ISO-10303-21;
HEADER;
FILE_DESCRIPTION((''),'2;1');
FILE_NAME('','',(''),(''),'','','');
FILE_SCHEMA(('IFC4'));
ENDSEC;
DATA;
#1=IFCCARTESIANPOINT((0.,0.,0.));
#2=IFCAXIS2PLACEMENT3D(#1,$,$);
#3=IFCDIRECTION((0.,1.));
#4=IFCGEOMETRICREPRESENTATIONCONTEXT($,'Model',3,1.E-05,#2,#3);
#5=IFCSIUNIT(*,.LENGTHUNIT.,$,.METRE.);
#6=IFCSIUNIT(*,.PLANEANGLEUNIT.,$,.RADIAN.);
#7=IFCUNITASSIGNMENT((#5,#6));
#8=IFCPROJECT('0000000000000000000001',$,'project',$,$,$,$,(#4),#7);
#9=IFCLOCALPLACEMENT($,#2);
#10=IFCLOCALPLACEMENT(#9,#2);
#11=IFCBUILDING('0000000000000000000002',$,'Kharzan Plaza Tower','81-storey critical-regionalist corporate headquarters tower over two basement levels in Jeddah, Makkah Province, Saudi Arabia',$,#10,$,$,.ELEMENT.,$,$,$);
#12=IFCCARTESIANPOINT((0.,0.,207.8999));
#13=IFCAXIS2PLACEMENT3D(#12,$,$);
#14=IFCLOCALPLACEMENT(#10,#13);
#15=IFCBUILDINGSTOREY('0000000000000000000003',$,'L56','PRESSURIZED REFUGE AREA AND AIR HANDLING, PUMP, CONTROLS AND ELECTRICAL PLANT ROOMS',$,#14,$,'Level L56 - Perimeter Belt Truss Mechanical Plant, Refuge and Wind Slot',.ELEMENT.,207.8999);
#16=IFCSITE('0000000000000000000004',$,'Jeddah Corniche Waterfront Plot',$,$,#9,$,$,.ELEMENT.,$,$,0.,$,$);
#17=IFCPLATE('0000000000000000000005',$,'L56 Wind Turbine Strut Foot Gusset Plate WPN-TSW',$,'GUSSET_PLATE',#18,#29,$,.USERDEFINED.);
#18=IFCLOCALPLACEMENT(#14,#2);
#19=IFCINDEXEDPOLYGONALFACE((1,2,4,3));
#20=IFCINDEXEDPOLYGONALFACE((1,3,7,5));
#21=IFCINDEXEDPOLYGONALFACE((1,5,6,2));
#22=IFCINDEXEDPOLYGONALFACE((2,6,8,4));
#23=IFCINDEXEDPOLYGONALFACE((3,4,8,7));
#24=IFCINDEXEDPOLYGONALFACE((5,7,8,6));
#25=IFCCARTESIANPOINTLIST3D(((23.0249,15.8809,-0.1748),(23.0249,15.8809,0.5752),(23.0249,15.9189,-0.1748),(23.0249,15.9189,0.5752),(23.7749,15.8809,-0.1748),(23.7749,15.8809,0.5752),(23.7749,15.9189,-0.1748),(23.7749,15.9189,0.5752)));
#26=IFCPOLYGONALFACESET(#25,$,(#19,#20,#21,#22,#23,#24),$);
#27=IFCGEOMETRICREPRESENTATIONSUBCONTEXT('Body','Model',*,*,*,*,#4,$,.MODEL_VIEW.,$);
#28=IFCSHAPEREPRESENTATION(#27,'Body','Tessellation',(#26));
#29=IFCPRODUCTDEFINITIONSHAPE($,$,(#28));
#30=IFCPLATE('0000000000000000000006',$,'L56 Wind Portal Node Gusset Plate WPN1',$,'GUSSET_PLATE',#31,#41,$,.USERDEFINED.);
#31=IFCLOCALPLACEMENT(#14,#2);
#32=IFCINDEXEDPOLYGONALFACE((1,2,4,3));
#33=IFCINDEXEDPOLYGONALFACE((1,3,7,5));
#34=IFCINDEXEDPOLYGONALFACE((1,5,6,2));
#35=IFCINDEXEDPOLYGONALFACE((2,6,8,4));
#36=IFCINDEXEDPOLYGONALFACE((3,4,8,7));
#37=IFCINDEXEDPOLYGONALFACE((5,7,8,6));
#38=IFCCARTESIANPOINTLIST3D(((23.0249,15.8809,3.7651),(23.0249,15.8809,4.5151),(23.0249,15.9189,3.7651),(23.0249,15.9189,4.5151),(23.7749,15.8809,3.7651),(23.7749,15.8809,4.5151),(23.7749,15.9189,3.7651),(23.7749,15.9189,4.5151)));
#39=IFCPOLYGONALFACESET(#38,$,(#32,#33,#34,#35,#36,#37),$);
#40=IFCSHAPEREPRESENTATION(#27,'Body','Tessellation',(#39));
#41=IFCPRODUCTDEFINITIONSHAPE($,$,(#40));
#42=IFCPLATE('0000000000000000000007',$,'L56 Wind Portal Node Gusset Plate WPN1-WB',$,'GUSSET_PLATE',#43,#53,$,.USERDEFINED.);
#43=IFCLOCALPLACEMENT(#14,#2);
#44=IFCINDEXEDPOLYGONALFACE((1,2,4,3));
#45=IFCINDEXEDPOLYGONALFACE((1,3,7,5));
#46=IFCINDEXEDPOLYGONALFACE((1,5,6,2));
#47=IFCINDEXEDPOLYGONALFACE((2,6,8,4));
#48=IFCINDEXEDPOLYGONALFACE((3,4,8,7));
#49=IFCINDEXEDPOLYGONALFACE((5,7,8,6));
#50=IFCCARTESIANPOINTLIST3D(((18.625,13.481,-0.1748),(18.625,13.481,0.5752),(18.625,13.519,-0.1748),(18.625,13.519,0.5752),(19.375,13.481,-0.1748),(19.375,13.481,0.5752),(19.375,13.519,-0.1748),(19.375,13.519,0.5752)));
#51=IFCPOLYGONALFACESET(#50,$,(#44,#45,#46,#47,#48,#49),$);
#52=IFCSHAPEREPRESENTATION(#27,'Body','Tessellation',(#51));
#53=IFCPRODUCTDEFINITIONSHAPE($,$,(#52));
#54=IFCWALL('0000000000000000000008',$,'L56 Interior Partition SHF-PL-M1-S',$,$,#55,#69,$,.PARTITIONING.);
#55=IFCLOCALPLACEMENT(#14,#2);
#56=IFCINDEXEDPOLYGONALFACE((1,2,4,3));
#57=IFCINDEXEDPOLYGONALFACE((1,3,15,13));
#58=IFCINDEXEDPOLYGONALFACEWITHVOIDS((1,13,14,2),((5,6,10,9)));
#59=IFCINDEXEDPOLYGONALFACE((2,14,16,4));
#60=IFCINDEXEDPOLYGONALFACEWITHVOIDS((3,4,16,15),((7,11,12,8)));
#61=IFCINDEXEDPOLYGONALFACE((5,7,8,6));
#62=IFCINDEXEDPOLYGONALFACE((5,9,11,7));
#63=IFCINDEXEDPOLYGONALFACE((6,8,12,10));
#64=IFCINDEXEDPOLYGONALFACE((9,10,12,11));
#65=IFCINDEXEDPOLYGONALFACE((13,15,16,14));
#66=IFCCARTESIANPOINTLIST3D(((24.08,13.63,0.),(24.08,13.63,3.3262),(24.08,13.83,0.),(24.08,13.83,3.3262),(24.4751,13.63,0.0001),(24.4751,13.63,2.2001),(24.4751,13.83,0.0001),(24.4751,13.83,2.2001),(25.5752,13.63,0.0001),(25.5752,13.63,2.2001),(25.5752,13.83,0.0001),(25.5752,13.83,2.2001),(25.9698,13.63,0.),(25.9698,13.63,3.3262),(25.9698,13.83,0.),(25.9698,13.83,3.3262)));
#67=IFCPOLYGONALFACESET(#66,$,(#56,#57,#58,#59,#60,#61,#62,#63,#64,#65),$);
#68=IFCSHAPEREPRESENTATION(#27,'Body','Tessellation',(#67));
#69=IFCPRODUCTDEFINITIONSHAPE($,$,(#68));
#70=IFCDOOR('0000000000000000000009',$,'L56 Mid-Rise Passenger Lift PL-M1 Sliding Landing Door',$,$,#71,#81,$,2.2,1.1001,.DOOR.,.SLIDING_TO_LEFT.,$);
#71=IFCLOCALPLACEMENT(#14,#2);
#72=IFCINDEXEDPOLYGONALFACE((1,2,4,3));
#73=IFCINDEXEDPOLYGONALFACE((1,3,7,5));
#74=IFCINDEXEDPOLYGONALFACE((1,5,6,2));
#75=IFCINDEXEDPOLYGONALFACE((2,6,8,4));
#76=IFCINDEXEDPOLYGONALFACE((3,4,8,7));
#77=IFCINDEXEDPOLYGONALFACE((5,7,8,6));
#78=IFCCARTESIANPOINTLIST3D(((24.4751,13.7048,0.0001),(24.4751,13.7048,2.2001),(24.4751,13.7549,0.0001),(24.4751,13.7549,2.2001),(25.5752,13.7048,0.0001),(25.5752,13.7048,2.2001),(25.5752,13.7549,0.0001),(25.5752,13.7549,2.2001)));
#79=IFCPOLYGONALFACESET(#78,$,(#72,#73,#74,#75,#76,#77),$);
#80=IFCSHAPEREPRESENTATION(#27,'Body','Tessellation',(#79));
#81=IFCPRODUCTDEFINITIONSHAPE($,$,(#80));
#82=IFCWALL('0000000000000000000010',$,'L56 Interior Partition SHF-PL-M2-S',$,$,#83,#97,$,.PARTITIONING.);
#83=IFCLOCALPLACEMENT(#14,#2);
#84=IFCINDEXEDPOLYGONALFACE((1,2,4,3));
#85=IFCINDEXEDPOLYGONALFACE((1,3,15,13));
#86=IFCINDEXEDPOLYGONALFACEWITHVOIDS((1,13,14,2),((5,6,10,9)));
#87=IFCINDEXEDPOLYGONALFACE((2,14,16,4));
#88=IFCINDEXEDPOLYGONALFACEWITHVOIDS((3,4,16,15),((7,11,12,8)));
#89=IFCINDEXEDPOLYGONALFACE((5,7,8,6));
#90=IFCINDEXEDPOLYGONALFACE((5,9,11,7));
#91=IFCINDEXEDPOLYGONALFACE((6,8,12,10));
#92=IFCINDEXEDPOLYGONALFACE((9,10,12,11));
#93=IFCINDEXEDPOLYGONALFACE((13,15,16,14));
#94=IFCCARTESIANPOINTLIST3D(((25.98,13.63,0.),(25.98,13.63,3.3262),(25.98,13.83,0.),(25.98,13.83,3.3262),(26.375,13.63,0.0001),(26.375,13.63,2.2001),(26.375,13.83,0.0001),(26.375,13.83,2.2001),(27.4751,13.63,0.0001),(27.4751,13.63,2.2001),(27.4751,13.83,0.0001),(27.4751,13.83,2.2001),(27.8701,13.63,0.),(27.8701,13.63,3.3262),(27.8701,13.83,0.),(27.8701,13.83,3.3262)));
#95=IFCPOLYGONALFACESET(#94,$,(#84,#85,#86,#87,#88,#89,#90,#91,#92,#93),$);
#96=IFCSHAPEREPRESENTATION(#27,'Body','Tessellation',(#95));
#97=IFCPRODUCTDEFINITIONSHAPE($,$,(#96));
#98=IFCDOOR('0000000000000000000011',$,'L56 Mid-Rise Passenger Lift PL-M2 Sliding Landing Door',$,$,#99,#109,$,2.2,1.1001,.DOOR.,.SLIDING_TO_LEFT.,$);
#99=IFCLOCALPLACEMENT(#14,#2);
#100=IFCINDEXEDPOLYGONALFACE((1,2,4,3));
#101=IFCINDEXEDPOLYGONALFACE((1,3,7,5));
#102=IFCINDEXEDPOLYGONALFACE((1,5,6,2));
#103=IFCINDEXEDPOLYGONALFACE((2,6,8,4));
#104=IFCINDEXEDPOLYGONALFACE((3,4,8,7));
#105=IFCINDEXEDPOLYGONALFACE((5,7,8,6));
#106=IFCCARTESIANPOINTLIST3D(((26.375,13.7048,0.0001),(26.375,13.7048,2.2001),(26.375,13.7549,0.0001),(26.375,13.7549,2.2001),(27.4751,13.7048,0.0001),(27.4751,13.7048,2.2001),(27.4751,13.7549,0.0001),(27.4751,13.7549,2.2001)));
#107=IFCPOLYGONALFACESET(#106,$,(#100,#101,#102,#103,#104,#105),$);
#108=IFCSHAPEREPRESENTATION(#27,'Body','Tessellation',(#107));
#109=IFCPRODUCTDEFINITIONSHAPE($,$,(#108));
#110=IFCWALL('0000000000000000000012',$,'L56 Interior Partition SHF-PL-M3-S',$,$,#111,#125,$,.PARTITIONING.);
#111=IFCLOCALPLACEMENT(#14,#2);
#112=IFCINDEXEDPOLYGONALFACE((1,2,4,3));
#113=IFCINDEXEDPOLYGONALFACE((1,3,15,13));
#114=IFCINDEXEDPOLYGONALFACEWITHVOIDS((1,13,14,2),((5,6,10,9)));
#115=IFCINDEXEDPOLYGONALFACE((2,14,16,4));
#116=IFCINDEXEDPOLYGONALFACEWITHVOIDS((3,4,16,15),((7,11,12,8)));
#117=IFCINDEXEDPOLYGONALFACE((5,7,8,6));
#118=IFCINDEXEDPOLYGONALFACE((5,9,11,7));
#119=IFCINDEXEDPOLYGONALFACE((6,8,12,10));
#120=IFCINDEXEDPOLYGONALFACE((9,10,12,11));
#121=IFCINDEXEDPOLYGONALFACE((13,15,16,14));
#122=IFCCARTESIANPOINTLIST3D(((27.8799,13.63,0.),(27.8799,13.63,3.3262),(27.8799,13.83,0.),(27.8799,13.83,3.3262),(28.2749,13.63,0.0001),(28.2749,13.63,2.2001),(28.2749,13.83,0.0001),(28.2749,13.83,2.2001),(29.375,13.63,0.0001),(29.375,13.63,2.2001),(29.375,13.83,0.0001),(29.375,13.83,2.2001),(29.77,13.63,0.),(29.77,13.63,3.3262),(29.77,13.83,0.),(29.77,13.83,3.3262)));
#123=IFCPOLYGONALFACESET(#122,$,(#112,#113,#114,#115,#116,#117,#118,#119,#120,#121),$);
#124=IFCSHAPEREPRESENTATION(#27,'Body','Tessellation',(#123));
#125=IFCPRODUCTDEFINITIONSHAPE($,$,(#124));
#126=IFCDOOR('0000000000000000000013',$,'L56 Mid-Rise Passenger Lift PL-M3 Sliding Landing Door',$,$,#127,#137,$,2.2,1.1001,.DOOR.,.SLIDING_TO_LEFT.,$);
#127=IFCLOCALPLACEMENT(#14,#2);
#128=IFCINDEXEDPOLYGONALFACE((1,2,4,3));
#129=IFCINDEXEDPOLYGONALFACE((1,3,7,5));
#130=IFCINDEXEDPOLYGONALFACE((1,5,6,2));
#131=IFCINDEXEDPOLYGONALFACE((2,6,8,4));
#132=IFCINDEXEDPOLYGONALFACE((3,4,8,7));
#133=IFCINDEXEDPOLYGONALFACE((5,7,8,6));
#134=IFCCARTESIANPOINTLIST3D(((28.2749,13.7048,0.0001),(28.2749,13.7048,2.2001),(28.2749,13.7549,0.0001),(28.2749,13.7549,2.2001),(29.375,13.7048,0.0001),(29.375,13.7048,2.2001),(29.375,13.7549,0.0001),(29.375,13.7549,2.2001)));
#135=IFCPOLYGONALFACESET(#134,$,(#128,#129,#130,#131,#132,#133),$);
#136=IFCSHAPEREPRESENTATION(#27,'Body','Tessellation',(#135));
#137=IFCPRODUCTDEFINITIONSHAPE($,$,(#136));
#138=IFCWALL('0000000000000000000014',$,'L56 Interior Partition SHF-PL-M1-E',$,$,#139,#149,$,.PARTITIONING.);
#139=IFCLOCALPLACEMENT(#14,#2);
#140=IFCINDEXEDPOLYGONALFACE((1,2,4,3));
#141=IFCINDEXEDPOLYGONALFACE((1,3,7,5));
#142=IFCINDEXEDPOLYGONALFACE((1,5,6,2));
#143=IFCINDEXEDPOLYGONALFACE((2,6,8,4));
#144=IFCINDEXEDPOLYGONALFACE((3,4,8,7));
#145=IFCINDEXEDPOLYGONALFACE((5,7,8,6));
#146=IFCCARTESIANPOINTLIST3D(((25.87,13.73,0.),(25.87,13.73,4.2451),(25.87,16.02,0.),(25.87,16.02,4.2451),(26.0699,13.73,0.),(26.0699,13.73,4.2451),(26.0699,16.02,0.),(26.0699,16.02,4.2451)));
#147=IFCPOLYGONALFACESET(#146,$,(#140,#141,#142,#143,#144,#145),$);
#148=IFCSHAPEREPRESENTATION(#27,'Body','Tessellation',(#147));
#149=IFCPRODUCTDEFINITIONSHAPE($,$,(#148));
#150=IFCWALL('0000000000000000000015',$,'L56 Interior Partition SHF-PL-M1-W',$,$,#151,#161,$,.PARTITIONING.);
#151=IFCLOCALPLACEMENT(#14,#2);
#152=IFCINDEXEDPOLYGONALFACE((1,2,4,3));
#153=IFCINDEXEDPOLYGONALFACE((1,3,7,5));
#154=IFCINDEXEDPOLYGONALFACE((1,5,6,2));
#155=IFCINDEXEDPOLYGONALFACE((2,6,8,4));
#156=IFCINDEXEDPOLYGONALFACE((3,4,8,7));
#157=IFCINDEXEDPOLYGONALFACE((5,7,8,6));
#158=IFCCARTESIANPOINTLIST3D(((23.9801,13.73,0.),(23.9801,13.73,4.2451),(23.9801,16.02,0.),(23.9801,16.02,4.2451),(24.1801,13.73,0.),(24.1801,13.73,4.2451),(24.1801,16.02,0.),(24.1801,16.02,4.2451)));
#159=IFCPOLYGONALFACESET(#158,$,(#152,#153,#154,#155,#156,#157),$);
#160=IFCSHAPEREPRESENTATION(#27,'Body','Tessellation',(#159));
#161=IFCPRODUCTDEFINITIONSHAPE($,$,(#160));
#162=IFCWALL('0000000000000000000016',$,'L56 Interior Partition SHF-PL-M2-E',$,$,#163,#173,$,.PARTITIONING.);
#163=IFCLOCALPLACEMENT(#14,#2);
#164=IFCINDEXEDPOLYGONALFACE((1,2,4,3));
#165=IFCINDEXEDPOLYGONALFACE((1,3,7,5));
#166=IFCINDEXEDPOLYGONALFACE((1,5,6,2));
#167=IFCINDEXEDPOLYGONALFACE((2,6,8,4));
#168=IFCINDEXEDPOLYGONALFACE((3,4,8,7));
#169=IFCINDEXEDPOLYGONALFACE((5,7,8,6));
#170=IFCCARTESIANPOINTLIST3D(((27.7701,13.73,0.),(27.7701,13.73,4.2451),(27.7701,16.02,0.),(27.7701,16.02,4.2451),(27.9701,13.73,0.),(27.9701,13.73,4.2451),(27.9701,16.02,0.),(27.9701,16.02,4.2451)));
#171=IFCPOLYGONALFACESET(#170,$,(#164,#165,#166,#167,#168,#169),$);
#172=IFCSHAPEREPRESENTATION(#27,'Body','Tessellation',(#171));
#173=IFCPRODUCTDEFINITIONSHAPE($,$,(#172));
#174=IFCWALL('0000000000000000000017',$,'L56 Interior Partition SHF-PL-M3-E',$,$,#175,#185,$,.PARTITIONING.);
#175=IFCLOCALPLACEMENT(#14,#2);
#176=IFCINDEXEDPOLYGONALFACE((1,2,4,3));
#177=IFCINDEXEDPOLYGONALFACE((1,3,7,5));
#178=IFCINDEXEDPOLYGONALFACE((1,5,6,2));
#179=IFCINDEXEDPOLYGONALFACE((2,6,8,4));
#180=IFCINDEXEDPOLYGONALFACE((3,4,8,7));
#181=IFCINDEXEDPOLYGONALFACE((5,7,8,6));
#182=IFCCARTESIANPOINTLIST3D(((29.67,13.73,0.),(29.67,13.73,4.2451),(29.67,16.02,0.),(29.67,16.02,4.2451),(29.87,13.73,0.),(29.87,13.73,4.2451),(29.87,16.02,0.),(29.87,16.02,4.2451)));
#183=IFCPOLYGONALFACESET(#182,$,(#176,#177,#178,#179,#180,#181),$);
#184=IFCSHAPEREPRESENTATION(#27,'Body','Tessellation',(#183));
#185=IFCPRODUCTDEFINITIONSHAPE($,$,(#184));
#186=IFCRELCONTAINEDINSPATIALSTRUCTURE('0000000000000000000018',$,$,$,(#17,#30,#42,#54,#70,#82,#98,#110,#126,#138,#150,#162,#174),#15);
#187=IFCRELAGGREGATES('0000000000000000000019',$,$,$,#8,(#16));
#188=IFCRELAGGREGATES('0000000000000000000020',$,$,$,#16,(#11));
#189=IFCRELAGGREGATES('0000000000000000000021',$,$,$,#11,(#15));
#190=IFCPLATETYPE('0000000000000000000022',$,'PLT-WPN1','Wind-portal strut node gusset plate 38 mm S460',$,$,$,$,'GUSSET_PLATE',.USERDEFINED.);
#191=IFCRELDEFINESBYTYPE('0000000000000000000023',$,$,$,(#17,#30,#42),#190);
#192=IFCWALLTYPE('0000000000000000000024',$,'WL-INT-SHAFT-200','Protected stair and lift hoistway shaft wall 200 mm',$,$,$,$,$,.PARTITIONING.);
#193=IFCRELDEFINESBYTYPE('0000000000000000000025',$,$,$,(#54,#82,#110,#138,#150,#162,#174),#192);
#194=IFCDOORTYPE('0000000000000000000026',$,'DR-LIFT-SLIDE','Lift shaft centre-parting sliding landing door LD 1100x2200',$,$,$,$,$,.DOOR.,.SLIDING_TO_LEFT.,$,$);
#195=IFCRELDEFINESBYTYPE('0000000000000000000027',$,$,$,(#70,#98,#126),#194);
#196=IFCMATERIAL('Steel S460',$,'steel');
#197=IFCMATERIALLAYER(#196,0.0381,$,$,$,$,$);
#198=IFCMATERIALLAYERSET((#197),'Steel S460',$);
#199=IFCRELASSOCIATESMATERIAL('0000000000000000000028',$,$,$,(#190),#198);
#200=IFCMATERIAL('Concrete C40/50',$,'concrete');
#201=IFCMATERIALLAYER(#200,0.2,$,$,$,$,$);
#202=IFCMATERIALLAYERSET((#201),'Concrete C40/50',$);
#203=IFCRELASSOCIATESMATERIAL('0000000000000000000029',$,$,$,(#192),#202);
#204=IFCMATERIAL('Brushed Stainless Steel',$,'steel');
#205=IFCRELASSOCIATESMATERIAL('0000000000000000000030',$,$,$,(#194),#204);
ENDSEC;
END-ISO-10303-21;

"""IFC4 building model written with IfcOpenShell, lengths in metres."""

from ifc_helpers import new_model, si_unit, direction, frame, frame_2d, origin, origin_2d, place, context, subcontext, project, spatial, rectangle, extrude, source, transform, mapped, material, layer, layer_set, type_object, element, fill, save


model = new_model("IFC4")

# Units and contexts
model_context = context("Model", 3, precision=1e-05, world=origin(), true_north=direction((0.0, 1.0)))
body_context = subcontext(model_context, "Body", "Model", "MODEL_VIEW")
ifc_project = project(units=[si_unit("LENGTHUNIT", "METRE"), si_unit("PLANEANGLEUNIT", "RADIAN")], contexts=[model_context])

# Site, building, storey
site_placement = place(None, origin())
site = spatial("IfcSite", under=ifc_project, at=site_placement, Name="Jeddah Corniche Waterfront Plot", CompositionType="ELEMENT", RefElevation=0.0)
building_placement = place(site_placement, origin())
building = spatial("IfcBuilding", under=site, at=building_placement, Name="Kharzan Plaza Tower", Description="81-storey critical-regionalist corporate headquarters tower over two basement levels in Jeddah, Makkah Province, Saudi Arabia", CompositionType="ELEMENT")
storey_placement = place(building_placement, frame((0.0, 0.0, 207.8999)))
storey = spatial("IfcBuildingStorey", under=building, at=storey_placement, Name="L56", Description="PRESSURIZED REFUGE AREA AND AIR HANDLING, PUMP, CONTROLS AND ELECTRICAL PLANT ROOMS", LongName="Level L56 - Perimeter Belt Truss Mechanical Plant, Refuge and Wind Slot", CompositionType="ELEMENT", Elevation=207.8999)

# Plates
ifc_material_1 = material(Name="Steel S460", Category="steel")
ifc_layer_1 = layer(ifc_material_1, 0.0381)
ifc_layer_set_1 = layer_set([ifc_layer_1], Name="Steel S460")
plate_type = type_object("IfcPlateType", Name="PLT-WPN1", Description="Wind-portal strut node gusset plate 38 mm S460", ElementType="GUSSET_PLATE", PredefinedType="USERDEFINED", material=ifc_layer_set_1)
shared_shape_1 = source(origin(), body_context, "Body", "SweptSolid", [
    extrude(rectangle(XDim=0.75, YDim=0.0381, at=origin_2d()), origin(), (0.0, 0.0, 1.0), 0.75),
])
for number, where, z_axis, x_axis, name in (
    (1, (23.3999, 15.8999, -0.1748), (0.0, 0.0, 1.0), (1.0, 0.0, 0.0), "L56 Wind Turbine Strut Foot Gusset Plate WPN-TSW"),
    (2, (23.3999, 15.8999, 3.7651), (0.0, 0.0, 1.0), (1.0, 0.0, 0.0), "L56 Wind Portal Node Gusset Plate WPN1"),
    (3, (19.0, 13.5, -0.1748), (0.0, 0.0, 1.0), (1.0, 0.0, 0.0), "L56 Wind Portal Node Gusset Plate WPN1-WB"),
):
    element("IfcPlate", number, at=place(storey_placement, frame(where, z_axis=z_axis, x_axis=x_axis)), inside=storey, type_object=plate_type, Name=name, ObjectType="GUSSET_PLATE", PredefinedType="USERDEFINED", context=body_context, shape_type="MappedRepresentation", body=[
        mapped(shared_shape_1, transform((0.0, 0.0, 0.0), x_axis=(1.0, 0.0, 0.0), y_axis=(0.0, 1.0, 0.0), z_axis=(0.0, 0.0, 1.0))),
    ])

# Walls, openings, doors
ifc_material_2 = material(Name="Concrete C40/50", Category="concrete")
ifc_layer_2 = layer(ifc_material_2, 0.2)
ifc_layer_set_2 = layer_set([ifc_layer_2], Name="Concrete C40/50")
wall_type = type_object("IfcWallType", Name="WL-INT-SHAFT-200", Description="Protected stair and lift hoistway shaft wall 200 mm", PredefinedType="PARTITIONING", material=ifc_layer_set_2)
wall_1_placement = place(storey_placement, frame((24.0801, 13.73, 0.0), z_axis=(0.0, 0.0, 1.0), x_axis=(1.0, 0.0, 0.0)))
wall_1 = element("IfcWall", 4, at=wall_1_placement, inside=storey, type_object=wall_type, Name="L56 Interior Partition SHF-PL-M1-S", PredefinedType="PARTITIONING", context=body_context, shape_type="SweptSolid", body=[
    extrude(rectangle(XDim=1.8899, YDim=0.2, at=frame_2d((0.9448, 0.0))), origin(), (0.0, 0.0, 1.0), 3.3262),
])
opening_1_placement = place(wall_1_placement, frame((0.395, 0.0, 0.0)))
opening_1 = element("IfcOpeningElement", 5, at=opening_1_placement, cuts=wall_1, PredefinedType="OPENING", context=body_context, shape_type="SweptSolid", body=[
    extrude(rectangle(XDim=1.1001, YDim=2.2, at=frame_2d((0.55, 1.1001))), frame((0.0, 0.1099, 0.0), z_axis=(0.0, -1.0, 0.0), x_axis=(1.0, 0.0, 0.0)), (0.0, 0.0, 1.0), 0.22),
])
ifc_material_3 = material(Name="Brushed Stainless Steel", Category="steel")
door_type = type_object("IfcDoorType", Name="DR-LIFT-SLIDE", Description="Lift shaft centre-parting sliding landing door LD 1100x2200", OperationType="SLIDING_TO_LEFT", PredefinedType="DOOR", material=ifc_material_3)
shared_shape_2 = source(origin(), body_context, "Body", "SweptSolid", [
    extrude(rectangle(XDim=1.1001, YDim=2.2, at=frame_2d((0.55, 1.1001))), frame((0.0, 0.0249, 0.0), z_axis=(0.0, -1.0, 0.0), x_axis=(1.0, 0.0, 0.0)), (0.0, 0.0, 1.0), 0.05),
])
door_1_placement = place(opening_1_placement, origin())
door_1 = element("IfcDoor", 6, at=door_1_placement, inside=storey, type_object=door_type, Name="L56 Mid-Rise Passenger Lift PL-M1 Sliding Landing Door", OperationType="SLIDING_TO_LEFT", OverallHeight=2.2, OverallWidth=1.1001, PredefinedType="DOOR", context=body_context, shape_type="MappedRepresentation", body=[
    mapped(shared_shape_2, transform((0.0, 0.0, 0.0), x_axis=(1.0, 0.0, 0.0), y_axis=(0.0, 1.0, 0.0), z_axis=(0.0, 0.0, 1.0))),
])
fill(opening_1, door_1)
wall_2_placement = place(storey_placement, frame((25.98, 13.73, 0.0), z_axis=(0.0, 0.0, 1.0), x_axis=(1.0, 0.0, 0.0)))
wall_2 = element("IfcWall", 7, at=wall_2_placement, inside=storey, type_object=wall_type, Name="L56 Interior Partition SHF-PL-M2-S", PredefinedType="PARTITIONING", context=body_context, shape_type="SweptSolid", body=[
    extrude(rectangle(XDim=1.8901, YDim=0.2, at=frame_2d((0.9451, 0.0))), origin(), (0.0, 0.0, 1.0), 3.3262),
])
opening_2_placement = place(wall_2_placement, frame((0.395, 0.0, 0.0)))
opening_2 = element("IfcOpeningElement", 8, at=opening_2_placement, cuts=wall_2, PredefinedType="OPENING", context=body_context, shape_type="SweptSolid", body=[
    extrude(rectangle(XDim=1.1001, YDim=2.2, at=frame_2d((0.55, 1.1001))), frame((0.0, 0.1099, 0.0), z_axis=(0.0, -1.0, 0.0), x_axis=(1.0, 0.0, 0.0)), (0.0, 0.0, 1.0), 0.22),
])
door_2_placement = place(opening_2_placement, origin())
door_2 = element("IfcDoor", 9, at=door_2_placement, inside=storey, type_object=door_type, Name="L56 Mid-Rise Passenger Lift PL-M2 Sliding Landing Door", OperationType="SLIDING_TO_LEFT", OverallHeight=2.2, OverallWidth=1.1001, PredefinedType="DOOR", context=body_context, shape_type="MappedRepresentation", body=[
    mapped(shared_shape_2, transform((0.0, 0.0, 0.0), x_axis=(1.0, 0.0, 0.0), y_axis=(0.0, 1.0, 0.0), z_axis=(0.0, 0.0, 1.0))),
])
fill(opening_2, door_2)
wall_3_placement = place(storey_placement, frame((27.8799, 13.73, 0.0), z_axis=(0.0, 0.0, 1.0), x_axis=(1.0, 0.0, 0.0)))
wall_3 = element("IfcWall", 10, at=wall_3_placement, inside=storey, type_object=wall_type, Name="L56 Interior Partition SHF-PL-M3-S", PredefinedType="PARTITIONING", context=body_context, shape_type="SweptSolid", body=[
    extrude(rectangle(XDim=1.8901, YDim=0.2, at=frame_2d((0.9451, 0.0))), origin(), (0.0, 0.0, 1.0), 3.3262),
])
opening_3_placement = place(wall_3_placement, frame((0.395, 0.0, 0.0)))
opening_3 = element("IfcOpeningElement", 11, at=opening_3_placement, cuts=wall_3, PredefinedType="OPENING", context=body_context, shape_type="SweptSolid", body=[
    extrude(rectangle(XDim=1.1001, YDim=2.2, at=frame_2d((0.55, 1.1001))), frame((0.0, 0.1099, 0.0), z_axis=(0.0, -1.0, 0.0), x_axis=(1.0, 0.0, 0.0)), (0.0, 0.0, 1.0), 0.22),
])
door_3_placement = place(opening_3_placement, origin())
door_3 = element("IfcDoor", 12, at=door_3_placement, inside=storey, type_object=door_type, Name="L56 Mid-Rise Passenger Lift PL-M3 Sliding Landing Door", OperationType="SLIDING_TO_LEFT", OverallHeight=2.2, OverallWidth=1.1001, PredefinedType="DOOR", context=body_context, shape_type="MappedRepresentation", body=[
    mapped(shared_shape_2, transform((0.0, 0.0, 0.0), x_axis=(1.0, 0.0, 0.0), y_axis=(0.0, 1.0, 0.0), z_axis=(0.0, 0.0, 1.0))),
])
fill(opening_3, door_3)

# Walls
shared_shape_3 = source(origin(), body_context, "Body", "SweptSolid", [
    extrude(rectangle(XDim=2.29, YDim=0.2, at=frame_2d((1.145, 0.0))), origin(), (0.0, 0.0, 1.0), 4.2451),
])
for number, where, z_axis, x_axis, name in (
    (13, (25.97, 13.73, 0.0), (0.0, 0.0, 1.0), (0.0, 1.0, 0.0), "L56 Interior Partition SHF-PL-M1-E"),
    (14, (24.0801, 13.73, 0.0), (0.0, 0.0, 1.0), (0.0, 1.0, 0.0), "L56 Interior Partition SHF-PL-M1-W"),
    (15, (27.8701, 13.73, 0.0), (0.0, 0.0, 1.0), (0.0, 1.0, 0.0), "L56 Interior Partition SHF-PL-M2-E"),
    (16, (29.77, 13.73, 0.0), (0.0, 0.0, 1.0), (0.0, 1.0, 0.0), "L56 Interior Partition SHF-PL-M3-E"),
):
    element("IfcWall", number, at=place(storey_placement, frame(where, z_axis=z_axis, x_axis=x_axis)), inside=storey, type_object=wall_type, Name=name, PredefinedType="PARTITIONING", context=body_context, shape_type="MappedRepresentation", body=[
        mapped(shared_shape_3, transform((0.0, 0.0, 0.0), x_axis=(1.0, 0.0, 0.0), y_axis=(0.0, 1.0, 0.0), z_axis=(0.0, 0.0, 1.0))),
    ])

save(model, "model.ifc")
